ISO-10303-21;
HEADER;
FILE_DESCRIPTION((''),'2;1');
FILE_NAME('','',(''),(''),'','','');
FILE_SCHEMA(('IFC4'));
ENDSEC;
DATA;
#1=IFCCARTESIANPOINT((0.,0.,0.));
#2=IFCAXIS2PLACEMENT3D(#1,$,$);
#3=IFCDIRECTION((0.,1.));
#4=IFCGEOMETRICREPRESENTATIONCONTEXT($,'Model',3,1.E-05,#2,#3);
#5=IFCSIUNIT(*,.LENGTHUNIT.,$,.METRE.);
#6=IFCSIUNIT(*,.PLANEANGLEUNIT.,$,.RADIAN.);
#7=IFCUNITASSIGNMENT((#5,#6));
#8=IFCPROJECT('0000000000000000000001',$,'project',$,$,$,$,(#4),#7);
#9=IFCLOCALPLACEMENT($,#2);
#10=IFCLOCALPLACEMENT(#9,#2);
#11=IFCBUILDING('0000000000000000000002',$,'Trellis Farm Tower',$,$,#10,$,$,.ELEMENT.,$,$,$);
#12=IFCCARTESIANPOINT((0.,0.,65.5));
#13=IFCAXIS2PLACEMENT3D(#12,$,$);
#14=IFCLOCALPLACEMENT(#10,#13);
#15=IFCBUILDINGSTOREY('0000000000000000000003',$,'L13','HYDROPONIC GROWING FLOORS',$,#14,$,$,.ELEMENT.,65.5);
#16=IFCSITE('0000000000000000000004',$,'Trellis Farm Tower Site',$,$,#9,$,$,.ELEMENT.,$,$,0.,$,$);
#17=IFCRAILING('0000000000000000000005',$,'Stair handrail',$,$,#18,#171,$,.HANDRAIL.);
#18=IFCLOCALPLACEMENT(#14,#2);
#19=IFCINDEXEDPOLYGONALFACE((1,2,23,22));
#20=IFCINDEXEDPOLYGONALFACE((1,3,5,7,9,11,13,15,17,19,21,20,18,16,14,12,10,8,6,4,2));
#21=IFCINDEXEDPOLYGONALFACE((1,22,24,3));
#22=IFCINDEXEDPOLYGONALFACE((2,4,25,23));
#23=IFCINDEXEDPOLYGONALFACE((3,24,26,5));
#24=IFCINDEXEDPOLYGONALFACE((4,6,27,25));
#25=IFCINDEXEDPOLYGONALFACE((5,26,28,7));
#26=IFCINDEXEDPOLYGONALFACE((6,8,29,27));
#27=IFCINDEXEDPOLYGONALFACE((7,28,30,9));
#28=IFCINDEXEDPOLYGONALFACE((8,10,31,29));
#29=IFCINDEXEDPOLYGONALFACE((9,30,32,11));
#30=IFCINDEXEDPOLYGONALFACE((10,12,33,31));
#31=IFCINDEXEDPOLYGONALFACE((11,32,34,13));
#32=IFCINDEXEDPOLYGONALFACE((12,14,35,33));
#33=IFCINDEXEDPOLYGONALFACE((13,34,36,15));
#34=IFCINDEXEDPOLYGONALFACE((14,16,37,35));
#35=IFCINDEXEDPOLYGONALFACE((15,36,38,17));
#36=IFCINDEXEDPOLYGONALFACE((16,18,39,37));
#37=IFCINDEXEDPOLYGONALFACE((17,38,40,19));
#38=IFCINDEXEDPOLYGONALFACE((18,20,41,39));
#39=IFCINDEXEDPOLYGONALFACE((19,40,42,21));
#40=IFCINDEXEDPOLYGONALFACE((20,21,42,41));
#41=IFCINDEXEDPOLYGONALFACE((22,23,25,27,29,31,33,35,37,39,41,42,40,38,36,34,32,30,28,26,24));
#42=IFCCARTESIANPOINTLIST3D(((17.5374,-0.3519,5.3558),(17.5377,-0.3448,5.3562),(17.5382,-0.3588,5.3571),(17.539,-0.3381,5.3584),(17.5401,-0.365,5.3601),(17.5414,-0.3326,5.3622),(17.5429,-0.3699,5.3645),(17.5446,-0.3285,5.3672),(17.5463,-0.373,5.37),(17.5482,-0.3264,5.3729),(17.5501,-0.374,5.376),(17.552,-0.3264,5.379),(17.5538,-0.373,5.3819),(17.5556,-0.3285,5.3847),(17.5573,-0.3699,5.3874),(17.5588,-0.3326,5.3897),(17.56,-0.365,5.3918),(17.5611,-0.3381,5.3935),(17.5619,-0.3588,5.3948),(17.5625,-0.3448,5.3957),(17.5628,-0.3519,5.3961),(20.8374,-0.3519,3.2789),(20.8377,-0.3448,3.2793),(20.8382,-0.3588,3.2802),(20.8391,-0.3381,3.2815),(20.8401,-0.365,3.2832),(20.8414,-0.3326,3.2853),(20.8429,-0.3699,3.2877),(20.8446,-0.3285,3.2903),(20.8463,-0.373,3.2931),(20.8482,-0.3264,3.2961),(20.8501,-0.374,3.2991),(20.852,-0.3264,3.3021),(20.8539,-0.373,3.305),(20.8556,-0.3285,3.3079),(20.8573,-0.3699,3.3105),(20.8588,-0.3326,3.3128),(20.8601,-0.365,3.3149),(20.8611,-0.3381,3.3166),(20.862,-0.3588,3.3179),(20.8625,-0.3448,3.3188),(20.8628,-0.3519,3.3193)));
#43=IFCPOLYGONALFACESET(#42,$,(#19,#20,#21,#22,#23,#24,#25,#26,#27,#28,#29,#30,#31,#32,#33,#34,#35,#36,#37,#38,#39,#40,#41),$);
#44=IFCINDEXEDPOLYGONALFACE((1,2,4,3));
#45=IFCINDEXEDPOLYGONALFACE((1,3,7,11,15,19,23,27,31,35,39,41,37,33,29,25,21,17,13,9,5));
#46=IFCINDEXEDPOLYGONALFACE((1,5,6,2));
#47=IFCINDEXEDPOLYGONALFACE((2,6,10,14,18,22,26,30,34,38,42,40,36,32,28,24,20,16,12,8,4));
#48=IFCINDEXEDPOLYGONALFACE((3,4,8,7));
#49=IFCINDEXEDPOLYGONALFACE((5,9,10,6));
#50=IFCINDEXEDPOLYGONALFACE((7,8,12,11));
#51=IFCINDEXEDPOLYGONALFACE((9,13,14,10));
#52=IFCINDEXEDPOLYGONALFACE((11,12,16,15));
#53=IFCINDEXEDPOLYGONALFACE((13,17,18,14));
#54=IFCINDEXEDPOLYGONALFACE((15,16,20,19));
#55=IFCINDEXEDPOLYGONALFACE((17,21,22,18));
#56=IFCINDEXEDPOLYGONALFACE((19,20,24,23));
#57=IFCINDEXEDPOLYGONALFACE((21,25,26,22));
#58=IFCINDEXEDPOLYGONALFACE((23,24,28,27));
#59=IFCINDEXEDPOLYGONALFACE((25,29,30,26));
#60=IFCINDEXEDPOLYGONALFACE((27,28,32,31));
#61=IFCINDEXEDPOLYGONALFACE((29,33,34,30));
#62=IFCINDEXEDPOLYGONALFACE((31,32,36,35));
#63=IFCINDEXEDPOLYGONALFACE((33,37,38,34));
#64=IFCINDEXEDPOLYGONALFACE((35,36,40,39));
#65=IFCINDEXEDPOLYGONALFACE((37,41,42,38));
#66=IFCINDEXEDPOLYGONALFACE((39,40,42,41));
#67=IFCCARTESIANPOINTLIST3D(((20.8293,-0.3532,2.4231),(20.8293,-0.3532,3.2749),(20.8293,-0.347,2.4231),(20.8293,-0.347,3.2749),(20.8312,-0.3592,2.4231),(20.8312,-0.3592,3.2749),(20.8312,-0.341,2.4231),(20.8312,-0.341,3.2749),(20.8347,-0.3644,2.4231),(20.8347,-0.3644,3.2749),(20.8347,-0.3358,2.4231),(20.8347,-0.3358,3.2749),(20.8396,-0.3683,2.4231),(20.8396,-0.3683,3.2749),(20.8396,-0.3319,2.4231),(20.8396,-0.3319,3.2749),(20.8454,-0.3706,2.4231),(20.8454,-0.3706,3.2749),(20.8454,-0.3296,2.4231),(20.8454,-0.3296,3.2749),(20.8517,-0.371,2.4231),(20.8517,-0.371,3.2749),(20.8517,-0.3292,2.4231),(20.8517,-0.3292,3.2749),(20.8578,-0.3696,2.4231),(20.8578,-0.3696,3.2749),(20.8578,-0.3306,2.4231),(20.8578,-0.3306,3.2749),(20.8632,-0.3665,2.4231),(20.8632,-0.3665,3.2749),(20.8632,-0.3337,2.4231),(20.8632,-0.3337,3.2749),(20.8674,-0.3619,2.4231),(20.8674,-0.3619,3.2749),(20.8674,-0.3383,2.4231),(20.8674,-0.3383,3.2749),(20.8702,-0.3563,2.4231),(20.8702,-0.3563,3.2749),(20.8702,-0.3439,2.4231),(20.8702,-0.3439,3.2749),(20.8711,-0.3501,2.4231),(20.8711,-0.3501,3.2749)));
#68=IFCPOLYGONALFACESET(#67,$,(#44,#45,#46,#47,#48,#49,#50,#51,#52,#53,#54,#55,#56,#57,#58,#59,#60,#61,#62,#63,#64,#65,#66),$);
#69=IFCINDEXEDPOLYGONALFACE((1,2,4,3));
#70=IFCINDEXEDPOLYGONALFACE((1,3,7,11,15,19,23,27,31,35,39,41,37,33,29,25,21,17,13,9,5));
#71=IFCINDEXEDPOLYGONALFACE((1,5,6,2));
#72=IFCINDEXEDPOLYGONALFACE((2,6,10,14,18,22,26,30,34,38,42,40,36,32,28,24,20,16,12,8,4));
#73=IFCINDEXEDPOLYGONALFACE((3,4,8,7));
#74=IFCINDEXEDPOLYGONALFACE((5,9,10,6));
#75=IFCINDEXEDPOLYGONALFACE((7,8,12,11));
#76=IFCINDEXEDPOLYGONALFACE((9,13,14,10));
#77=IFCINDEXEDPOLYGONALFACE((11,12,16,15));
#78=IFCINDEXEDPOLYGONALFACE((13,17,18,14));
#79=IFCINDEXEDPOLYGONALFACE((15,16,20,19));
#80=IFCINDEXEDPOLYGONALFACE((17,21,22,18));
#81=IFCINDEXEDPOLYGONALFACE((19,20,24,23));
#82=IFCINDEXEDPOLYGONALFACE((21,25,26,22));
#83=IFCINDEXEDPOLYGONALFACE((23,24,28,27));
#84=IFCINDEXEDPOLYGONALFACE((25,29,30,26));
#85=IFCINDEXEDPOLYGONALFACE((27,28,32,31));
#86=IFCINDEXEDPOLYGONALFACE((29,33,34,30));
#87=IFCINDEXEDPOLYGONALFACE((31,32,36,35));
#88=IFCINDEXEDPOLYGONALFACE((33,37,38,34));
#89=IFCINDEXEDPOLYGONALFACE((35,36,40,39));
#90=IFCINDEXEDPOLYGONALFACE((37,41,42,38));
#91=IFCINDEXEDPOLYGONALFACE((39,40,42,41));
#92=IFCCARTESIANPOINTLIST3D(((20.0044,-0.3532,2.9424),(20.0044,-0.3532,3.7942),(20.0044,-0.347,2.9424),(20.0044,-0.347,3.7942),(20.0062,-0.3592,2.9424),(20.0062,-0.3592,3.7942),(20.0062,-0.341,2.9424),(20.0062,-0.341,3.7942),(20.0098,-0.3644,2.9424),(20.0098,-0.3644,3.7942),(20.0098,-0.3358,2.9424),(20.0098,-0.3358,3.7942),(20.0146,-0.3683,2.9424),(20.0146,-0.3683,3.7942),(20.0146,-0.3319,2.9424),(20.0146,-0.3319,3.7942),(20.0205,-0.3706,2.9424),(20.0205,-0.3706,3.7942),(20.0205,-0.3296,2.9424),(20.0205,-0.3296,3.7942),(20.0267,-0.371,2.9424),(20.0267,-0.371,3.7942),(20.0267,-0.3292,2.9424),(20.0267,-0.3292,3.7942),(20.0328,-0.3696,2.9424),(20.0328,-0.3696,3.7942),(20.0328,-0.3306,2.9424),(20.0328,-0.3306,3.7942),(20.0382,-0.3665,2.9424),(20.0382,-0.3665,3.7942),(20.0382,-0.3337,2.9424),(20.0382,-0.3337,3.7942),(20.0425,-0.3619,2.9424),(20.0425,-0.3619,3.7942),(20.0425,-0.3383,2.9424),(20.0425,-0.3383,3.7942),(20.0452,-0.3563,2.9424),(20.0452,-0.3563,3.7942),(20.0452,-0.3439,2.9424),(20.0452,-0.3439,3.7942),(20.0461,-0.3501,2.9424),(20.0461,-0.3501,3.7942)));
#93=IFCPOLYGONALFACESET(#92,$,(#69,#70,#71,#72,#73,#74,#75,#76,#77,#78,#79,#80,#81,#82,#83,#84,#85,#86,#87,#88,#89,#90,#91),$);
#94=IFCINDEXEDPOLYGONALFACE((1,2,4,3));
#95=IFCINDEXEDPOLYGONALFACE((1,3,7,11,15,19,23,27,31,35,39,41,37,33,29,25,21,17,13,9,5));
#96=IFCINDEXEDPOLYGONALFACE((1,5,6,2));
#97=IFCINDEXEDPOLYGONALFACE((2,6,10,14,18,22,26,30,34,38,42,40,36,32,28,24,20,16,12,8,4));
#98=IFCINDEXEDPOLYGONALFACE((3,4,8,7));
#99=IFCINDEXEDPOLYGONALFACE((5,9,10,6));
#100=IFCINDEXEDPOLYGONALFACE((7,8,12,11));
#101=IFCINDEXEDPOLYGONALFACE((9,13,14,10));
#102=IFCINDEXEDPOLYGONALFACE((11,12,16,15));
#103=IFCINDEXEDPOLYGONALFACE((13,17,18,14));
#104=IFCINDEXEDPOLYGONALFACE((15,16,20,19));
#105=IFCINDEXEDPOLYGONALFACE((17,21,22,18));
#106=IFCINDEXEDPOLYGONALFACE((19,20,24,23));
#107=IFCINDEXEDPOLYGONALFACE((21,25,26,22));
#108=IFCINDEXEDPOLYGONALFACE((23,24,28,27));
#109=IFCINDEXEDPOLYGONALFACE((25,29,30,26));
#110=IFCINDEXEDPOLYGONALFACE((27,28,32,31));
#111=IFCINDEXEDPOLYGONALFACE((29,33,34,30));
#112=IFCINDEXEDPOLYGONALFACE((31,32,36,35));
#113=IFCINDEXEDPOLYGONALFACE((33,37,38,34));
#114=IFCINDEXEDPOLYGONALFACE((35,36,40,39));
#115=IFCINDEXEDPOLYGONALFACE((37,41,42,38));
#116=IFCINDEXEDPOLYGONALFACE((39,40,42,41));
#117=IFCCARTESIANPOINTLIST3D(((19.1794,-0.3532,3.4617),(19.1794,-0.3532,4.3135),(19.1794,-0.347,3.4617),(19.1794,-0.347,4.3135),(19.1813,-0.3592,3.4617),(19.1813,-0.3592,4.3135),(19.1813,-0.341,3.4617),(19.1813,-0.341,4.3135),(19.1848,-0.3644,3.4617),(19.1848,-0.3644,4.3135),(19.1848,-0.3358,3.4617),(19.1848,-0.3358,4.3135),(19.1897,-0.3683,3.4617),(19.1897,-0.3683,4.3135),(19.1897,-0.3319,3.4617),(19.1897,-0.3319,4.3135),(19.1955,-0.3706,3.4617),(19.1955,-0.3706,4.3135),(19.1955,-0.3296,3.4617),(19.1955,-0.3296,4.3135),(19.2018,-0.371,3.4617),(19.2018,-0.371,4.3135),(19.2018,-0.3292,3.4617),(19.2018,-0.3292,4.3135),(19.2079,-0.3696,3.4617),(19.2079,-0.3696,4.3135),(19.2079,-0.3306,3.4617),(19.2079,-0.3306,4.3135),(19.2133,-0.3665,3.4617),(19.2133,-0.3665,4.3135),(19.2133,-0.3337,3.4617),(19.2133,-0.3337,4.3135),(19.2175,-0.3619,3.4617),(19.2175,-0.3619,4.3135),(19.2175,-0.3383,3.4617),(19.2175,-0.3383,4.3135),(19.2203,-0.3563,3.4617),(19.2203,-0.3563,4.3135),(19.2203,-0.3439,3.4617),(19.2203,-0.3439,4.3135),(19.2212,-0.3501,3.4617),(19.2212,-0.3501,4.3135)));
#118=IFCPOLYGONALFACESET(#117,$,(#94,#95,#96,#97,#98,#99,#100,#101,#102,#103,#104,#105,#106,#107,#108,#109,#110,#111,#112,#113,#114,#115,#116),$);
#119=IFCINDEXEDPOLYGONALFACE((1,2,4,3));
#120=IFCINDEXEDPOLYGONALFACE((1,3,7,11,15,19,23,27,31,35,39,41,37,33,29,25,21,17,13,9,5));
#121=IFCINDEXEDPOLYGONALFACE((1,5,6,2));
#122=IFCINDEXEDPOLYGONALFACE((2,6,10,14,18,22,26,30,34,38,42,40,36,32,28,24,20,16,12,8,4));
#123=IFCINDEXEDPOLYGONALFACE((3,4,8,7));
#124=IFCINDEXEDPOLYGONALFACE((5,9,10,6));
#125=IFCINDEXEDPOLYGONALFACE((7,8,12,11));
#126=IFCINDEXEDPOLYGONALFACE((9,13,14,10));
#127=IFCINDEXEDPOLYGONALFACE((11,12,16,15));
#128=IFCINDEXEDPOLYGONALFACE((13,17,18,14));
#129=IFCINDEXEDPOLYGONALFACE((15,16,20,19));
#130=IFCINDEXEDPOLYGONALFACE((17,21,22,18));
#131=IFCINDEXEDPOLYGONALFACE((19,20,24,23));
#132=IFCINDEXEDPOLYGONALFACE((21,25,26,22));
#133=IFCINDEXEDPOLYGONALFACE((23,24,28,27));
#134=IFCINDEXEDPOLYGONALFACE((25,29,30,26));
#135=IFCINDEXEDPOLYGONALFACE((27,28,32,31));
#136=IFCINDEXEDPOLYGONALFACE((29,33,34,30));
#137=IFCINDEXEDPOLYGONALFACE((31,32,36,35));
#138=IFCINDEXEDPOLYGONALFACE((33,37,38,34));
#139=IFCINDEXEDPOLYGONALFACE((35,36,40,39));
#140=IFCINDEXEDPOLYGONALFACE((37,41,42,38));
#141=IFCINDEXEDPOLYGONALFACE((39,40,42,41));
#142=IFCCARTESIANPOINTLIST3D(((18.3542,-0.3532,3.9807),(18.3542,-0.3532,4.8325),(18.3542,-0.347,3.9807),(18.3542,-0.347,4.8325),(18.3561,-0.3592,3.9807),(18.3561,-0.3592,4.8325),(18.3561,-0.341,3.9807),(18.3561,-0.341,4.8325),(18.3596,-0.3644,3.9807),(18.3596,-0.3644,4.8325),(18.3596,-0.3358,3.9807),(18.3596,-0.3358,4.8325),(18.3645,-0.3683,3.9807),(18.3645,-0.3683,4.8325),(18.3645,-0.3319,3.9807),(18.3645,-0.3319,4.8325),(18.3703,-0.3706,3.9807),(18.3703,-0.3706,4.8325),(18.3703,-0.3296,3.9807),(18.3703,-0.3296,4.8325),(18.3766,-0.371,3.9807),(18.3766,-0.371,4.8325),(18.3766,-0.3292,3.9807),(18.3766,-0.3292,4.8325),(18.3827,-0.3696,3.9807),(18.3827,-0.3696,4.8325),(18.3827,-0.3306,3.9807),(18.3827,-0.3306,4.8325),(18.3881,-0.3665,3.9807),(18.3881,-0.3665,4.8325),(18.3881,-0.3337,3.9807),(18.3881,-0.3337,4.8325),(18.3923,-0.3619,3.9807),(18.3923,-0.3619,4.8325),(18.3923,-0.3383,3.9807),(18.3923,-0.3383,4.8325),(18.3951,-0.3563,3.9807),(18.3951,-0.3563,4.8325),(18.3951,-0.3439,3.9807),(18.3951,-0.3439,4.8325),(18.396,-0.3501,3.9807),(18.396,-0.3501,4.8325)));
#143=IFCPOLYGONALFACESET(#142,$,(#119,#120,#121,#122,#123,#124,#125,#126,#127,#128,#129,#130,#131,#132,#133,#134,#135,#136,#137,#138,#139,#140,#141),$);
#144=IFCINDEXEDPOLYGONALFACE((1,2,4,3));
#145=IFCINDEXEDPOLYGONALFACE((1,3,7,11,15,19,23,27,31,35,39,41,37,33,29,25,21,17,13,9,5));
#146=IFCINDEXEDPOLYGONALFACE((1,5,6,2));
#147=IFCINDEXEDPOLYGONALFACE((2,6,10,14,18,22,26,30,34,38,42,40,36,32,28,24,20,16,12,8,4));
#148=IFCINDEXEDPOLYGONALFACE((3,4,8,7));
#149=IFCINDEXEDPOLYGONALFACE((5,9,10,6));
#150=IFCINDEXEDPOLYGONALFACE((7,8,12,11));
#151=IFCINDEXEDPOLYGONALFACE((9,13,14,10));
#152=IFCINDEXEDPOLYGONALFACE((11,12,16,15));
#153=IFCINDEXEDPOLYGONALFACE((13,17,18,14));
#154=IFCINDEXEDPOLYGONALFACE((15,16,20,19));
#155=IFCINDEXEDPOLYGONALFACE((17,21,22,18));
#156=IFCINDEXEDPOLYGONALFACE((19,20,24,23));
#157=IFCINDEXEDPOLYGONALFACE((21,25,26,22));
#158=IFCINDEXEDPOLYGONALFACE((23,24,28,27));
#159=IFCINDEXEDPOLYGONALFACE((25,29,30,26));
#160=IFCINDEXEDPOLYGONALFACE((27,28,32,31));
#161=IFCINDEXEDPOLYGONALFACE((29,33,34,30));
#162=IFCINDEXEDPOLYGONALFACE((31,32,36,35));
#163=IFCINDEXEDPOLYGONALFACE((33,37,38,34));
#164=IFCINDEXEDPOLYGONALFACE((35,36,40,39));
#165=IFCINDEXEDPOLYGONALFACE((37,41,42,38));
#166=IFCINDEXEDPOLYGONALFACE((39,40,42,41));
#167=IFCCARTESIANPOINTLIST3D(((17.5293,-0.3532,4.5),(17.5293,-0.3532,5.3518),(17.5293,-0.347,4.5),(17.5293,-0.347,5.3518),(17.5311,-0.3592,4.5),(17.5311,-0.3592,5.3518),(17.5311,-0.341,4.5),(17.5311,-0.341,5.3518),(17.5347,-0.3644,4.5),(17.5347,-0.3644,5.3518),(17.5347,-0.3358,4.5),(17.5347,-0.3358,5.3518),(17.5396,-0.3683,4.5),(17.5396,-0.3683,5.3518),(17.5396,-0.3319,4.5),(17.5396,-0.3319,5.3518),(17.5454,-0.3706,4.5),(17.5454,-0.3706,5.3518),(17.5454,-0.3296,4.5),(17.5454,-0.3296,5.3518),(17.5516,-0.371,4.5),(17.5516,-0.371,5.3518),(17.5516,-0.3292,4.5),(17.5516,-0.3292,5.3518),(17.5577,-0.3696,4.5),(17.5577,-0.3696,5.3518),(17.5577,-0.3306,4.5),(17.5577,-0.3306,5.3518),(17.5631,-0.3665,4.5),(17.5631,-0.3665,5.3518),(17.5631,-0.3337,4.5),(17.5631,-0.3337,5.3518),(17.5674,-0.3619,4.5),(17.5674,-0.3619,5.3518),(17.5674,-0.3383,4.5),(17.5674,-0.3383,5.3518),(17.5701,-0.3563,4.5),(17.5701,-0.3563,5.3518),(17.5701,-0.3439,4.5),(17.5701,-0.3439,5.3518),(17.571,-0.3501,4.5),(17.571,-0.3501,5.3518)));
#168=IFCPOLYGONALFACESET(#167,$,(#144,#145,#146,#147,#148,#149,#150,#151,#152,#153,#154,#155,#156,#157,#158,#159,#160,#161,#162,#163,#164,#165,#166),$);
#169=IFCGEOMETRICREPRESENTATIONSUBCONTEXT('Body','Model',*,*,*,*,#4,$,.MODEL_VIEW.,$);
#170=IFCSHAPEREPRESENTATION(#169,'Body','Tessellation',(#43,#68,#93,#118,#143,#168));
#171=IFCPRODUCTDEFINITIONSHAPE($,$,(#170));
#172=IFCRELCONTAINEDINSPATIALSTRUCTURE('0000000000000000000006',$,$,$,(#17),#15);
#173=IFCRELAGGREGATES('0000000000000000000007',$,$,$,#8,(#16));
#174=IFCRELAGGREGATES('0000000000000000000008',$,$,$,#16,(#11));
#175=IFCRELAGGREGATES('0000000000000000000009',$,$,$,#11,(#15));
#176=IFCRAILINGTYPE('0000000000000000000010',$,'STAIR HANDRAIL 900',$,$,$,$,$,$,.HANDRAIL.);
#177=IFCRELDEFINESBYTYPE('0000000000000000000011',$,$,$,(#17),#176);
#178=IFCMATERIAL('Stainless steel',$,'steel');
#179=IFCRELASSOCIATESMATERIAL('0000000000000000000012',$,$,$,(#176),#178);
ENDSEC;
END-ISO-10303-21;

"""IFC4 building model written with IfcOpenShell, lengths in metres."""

from ifc_helpers import new_model, si_unit, direction, frame, origin, origin_2d, place, context, subcontext, project, spatial, circle, extrude, source, transform, mapped, material, type_object, element, save


model = new_model("IFC4")

# Units and contexts
model_context = context("Model", 3, precision=1e-05, world=origin(), true_north=direction((0.0, 1.0)))
body_context = subcontext(model_context, "Body", "Model", "MODEL_VIEW")
ifc_project = project(units=[si_unit("LENGTHUNIT", "METRE"), si_unit("PLANEANGLEUNIT", "RADIAN")], contexts=[model_context])

# Site, building, storey
site_placement = place(None, origin())
site = spatial("IfcSite", under=ifc_project, at=site_placement, Name="Trellis Farm Tower Site", CompositionType="ELEMENT", RefElevation=0.0)
building_placement = place(site_placement, origin())
building = spatial("IfcBuilding", under=site, at=building_placement, Name="Trellis Farm Tower", CompositionType="ELEMENT")
storey_placement = place(building_placement, frame((0.0, 0.0, 65.5)))
storey = spatial("IfcBuildingStorey", under=building, at=storey_placement, Name="L13", Description="HYDROPONIC GROWING FLOORS", CompositionType="ELEMENT", Elevation=65.5)

# Shared definitions
ifc_material_1 = material(Name="Stainless steel", Category="steel")

# Railing
railing_type = type_object("IfcRailingType", Name="STAIR HANDRAIL 900", PredefinedType="HANDRAIL", material=ifc_material_1)
shared_shape_1 = source(origin(), body_context, "Body", "SweptSolid", [
    extrude(circle(Radius=0.0239, at=origin_2d()), frame((0.0, 0.0, 0.876), z_axis=(-0.846337, 0.0, 0.532647), x_axis=(0.0, -1.0, 0.0)), (0.0, 0.0, 1.0), 3.8992),
    extrude(circle(Radius=0.021, at=origin_2d()), origin(), (0.0, 0.0, 1.0), 0.8518),
    extrude(circle(Radius=0.021, at=origin_2d()), frame((-0.825, 0.0, 0.5193)), (0.0, 0.0, 1.0), 0.8518),
    extrude(circle(Radius=0.021, at=origin_2d()), frame((-1.6499, 0.0, 1.0386)), (0.0, 0.0, 1.0), 0.8518),
    extrude(circle(Radius=0.021, at=origin_2d()), frame((-2.4751, 0.0, 1.5576)), (0.0, 0.0, 1.0), 0.8518),
    extrude(circle(Radius=0.021, at=origin_2d()), frame((-3.3, 0.0, 2.0769)), (0.0, 0.0, 1.0), 0.8518),
])
for number, where, name in (
    (1, (20.8501, -0.3501, 2.4231), "Stair handrail"),
):
    element("IfcRailing", number, at=place(storey_placement, frame(where)), inside=storey, type_object=railing_type, Name=name, PredefinedType="HANDRAIL", context=body_context, shape_type="MappedRepresentation", body=[
        mapped(shared_shape_1, transform((0.0, 0.0, 0.0))),
    ])

save(model, "model.ifc")
